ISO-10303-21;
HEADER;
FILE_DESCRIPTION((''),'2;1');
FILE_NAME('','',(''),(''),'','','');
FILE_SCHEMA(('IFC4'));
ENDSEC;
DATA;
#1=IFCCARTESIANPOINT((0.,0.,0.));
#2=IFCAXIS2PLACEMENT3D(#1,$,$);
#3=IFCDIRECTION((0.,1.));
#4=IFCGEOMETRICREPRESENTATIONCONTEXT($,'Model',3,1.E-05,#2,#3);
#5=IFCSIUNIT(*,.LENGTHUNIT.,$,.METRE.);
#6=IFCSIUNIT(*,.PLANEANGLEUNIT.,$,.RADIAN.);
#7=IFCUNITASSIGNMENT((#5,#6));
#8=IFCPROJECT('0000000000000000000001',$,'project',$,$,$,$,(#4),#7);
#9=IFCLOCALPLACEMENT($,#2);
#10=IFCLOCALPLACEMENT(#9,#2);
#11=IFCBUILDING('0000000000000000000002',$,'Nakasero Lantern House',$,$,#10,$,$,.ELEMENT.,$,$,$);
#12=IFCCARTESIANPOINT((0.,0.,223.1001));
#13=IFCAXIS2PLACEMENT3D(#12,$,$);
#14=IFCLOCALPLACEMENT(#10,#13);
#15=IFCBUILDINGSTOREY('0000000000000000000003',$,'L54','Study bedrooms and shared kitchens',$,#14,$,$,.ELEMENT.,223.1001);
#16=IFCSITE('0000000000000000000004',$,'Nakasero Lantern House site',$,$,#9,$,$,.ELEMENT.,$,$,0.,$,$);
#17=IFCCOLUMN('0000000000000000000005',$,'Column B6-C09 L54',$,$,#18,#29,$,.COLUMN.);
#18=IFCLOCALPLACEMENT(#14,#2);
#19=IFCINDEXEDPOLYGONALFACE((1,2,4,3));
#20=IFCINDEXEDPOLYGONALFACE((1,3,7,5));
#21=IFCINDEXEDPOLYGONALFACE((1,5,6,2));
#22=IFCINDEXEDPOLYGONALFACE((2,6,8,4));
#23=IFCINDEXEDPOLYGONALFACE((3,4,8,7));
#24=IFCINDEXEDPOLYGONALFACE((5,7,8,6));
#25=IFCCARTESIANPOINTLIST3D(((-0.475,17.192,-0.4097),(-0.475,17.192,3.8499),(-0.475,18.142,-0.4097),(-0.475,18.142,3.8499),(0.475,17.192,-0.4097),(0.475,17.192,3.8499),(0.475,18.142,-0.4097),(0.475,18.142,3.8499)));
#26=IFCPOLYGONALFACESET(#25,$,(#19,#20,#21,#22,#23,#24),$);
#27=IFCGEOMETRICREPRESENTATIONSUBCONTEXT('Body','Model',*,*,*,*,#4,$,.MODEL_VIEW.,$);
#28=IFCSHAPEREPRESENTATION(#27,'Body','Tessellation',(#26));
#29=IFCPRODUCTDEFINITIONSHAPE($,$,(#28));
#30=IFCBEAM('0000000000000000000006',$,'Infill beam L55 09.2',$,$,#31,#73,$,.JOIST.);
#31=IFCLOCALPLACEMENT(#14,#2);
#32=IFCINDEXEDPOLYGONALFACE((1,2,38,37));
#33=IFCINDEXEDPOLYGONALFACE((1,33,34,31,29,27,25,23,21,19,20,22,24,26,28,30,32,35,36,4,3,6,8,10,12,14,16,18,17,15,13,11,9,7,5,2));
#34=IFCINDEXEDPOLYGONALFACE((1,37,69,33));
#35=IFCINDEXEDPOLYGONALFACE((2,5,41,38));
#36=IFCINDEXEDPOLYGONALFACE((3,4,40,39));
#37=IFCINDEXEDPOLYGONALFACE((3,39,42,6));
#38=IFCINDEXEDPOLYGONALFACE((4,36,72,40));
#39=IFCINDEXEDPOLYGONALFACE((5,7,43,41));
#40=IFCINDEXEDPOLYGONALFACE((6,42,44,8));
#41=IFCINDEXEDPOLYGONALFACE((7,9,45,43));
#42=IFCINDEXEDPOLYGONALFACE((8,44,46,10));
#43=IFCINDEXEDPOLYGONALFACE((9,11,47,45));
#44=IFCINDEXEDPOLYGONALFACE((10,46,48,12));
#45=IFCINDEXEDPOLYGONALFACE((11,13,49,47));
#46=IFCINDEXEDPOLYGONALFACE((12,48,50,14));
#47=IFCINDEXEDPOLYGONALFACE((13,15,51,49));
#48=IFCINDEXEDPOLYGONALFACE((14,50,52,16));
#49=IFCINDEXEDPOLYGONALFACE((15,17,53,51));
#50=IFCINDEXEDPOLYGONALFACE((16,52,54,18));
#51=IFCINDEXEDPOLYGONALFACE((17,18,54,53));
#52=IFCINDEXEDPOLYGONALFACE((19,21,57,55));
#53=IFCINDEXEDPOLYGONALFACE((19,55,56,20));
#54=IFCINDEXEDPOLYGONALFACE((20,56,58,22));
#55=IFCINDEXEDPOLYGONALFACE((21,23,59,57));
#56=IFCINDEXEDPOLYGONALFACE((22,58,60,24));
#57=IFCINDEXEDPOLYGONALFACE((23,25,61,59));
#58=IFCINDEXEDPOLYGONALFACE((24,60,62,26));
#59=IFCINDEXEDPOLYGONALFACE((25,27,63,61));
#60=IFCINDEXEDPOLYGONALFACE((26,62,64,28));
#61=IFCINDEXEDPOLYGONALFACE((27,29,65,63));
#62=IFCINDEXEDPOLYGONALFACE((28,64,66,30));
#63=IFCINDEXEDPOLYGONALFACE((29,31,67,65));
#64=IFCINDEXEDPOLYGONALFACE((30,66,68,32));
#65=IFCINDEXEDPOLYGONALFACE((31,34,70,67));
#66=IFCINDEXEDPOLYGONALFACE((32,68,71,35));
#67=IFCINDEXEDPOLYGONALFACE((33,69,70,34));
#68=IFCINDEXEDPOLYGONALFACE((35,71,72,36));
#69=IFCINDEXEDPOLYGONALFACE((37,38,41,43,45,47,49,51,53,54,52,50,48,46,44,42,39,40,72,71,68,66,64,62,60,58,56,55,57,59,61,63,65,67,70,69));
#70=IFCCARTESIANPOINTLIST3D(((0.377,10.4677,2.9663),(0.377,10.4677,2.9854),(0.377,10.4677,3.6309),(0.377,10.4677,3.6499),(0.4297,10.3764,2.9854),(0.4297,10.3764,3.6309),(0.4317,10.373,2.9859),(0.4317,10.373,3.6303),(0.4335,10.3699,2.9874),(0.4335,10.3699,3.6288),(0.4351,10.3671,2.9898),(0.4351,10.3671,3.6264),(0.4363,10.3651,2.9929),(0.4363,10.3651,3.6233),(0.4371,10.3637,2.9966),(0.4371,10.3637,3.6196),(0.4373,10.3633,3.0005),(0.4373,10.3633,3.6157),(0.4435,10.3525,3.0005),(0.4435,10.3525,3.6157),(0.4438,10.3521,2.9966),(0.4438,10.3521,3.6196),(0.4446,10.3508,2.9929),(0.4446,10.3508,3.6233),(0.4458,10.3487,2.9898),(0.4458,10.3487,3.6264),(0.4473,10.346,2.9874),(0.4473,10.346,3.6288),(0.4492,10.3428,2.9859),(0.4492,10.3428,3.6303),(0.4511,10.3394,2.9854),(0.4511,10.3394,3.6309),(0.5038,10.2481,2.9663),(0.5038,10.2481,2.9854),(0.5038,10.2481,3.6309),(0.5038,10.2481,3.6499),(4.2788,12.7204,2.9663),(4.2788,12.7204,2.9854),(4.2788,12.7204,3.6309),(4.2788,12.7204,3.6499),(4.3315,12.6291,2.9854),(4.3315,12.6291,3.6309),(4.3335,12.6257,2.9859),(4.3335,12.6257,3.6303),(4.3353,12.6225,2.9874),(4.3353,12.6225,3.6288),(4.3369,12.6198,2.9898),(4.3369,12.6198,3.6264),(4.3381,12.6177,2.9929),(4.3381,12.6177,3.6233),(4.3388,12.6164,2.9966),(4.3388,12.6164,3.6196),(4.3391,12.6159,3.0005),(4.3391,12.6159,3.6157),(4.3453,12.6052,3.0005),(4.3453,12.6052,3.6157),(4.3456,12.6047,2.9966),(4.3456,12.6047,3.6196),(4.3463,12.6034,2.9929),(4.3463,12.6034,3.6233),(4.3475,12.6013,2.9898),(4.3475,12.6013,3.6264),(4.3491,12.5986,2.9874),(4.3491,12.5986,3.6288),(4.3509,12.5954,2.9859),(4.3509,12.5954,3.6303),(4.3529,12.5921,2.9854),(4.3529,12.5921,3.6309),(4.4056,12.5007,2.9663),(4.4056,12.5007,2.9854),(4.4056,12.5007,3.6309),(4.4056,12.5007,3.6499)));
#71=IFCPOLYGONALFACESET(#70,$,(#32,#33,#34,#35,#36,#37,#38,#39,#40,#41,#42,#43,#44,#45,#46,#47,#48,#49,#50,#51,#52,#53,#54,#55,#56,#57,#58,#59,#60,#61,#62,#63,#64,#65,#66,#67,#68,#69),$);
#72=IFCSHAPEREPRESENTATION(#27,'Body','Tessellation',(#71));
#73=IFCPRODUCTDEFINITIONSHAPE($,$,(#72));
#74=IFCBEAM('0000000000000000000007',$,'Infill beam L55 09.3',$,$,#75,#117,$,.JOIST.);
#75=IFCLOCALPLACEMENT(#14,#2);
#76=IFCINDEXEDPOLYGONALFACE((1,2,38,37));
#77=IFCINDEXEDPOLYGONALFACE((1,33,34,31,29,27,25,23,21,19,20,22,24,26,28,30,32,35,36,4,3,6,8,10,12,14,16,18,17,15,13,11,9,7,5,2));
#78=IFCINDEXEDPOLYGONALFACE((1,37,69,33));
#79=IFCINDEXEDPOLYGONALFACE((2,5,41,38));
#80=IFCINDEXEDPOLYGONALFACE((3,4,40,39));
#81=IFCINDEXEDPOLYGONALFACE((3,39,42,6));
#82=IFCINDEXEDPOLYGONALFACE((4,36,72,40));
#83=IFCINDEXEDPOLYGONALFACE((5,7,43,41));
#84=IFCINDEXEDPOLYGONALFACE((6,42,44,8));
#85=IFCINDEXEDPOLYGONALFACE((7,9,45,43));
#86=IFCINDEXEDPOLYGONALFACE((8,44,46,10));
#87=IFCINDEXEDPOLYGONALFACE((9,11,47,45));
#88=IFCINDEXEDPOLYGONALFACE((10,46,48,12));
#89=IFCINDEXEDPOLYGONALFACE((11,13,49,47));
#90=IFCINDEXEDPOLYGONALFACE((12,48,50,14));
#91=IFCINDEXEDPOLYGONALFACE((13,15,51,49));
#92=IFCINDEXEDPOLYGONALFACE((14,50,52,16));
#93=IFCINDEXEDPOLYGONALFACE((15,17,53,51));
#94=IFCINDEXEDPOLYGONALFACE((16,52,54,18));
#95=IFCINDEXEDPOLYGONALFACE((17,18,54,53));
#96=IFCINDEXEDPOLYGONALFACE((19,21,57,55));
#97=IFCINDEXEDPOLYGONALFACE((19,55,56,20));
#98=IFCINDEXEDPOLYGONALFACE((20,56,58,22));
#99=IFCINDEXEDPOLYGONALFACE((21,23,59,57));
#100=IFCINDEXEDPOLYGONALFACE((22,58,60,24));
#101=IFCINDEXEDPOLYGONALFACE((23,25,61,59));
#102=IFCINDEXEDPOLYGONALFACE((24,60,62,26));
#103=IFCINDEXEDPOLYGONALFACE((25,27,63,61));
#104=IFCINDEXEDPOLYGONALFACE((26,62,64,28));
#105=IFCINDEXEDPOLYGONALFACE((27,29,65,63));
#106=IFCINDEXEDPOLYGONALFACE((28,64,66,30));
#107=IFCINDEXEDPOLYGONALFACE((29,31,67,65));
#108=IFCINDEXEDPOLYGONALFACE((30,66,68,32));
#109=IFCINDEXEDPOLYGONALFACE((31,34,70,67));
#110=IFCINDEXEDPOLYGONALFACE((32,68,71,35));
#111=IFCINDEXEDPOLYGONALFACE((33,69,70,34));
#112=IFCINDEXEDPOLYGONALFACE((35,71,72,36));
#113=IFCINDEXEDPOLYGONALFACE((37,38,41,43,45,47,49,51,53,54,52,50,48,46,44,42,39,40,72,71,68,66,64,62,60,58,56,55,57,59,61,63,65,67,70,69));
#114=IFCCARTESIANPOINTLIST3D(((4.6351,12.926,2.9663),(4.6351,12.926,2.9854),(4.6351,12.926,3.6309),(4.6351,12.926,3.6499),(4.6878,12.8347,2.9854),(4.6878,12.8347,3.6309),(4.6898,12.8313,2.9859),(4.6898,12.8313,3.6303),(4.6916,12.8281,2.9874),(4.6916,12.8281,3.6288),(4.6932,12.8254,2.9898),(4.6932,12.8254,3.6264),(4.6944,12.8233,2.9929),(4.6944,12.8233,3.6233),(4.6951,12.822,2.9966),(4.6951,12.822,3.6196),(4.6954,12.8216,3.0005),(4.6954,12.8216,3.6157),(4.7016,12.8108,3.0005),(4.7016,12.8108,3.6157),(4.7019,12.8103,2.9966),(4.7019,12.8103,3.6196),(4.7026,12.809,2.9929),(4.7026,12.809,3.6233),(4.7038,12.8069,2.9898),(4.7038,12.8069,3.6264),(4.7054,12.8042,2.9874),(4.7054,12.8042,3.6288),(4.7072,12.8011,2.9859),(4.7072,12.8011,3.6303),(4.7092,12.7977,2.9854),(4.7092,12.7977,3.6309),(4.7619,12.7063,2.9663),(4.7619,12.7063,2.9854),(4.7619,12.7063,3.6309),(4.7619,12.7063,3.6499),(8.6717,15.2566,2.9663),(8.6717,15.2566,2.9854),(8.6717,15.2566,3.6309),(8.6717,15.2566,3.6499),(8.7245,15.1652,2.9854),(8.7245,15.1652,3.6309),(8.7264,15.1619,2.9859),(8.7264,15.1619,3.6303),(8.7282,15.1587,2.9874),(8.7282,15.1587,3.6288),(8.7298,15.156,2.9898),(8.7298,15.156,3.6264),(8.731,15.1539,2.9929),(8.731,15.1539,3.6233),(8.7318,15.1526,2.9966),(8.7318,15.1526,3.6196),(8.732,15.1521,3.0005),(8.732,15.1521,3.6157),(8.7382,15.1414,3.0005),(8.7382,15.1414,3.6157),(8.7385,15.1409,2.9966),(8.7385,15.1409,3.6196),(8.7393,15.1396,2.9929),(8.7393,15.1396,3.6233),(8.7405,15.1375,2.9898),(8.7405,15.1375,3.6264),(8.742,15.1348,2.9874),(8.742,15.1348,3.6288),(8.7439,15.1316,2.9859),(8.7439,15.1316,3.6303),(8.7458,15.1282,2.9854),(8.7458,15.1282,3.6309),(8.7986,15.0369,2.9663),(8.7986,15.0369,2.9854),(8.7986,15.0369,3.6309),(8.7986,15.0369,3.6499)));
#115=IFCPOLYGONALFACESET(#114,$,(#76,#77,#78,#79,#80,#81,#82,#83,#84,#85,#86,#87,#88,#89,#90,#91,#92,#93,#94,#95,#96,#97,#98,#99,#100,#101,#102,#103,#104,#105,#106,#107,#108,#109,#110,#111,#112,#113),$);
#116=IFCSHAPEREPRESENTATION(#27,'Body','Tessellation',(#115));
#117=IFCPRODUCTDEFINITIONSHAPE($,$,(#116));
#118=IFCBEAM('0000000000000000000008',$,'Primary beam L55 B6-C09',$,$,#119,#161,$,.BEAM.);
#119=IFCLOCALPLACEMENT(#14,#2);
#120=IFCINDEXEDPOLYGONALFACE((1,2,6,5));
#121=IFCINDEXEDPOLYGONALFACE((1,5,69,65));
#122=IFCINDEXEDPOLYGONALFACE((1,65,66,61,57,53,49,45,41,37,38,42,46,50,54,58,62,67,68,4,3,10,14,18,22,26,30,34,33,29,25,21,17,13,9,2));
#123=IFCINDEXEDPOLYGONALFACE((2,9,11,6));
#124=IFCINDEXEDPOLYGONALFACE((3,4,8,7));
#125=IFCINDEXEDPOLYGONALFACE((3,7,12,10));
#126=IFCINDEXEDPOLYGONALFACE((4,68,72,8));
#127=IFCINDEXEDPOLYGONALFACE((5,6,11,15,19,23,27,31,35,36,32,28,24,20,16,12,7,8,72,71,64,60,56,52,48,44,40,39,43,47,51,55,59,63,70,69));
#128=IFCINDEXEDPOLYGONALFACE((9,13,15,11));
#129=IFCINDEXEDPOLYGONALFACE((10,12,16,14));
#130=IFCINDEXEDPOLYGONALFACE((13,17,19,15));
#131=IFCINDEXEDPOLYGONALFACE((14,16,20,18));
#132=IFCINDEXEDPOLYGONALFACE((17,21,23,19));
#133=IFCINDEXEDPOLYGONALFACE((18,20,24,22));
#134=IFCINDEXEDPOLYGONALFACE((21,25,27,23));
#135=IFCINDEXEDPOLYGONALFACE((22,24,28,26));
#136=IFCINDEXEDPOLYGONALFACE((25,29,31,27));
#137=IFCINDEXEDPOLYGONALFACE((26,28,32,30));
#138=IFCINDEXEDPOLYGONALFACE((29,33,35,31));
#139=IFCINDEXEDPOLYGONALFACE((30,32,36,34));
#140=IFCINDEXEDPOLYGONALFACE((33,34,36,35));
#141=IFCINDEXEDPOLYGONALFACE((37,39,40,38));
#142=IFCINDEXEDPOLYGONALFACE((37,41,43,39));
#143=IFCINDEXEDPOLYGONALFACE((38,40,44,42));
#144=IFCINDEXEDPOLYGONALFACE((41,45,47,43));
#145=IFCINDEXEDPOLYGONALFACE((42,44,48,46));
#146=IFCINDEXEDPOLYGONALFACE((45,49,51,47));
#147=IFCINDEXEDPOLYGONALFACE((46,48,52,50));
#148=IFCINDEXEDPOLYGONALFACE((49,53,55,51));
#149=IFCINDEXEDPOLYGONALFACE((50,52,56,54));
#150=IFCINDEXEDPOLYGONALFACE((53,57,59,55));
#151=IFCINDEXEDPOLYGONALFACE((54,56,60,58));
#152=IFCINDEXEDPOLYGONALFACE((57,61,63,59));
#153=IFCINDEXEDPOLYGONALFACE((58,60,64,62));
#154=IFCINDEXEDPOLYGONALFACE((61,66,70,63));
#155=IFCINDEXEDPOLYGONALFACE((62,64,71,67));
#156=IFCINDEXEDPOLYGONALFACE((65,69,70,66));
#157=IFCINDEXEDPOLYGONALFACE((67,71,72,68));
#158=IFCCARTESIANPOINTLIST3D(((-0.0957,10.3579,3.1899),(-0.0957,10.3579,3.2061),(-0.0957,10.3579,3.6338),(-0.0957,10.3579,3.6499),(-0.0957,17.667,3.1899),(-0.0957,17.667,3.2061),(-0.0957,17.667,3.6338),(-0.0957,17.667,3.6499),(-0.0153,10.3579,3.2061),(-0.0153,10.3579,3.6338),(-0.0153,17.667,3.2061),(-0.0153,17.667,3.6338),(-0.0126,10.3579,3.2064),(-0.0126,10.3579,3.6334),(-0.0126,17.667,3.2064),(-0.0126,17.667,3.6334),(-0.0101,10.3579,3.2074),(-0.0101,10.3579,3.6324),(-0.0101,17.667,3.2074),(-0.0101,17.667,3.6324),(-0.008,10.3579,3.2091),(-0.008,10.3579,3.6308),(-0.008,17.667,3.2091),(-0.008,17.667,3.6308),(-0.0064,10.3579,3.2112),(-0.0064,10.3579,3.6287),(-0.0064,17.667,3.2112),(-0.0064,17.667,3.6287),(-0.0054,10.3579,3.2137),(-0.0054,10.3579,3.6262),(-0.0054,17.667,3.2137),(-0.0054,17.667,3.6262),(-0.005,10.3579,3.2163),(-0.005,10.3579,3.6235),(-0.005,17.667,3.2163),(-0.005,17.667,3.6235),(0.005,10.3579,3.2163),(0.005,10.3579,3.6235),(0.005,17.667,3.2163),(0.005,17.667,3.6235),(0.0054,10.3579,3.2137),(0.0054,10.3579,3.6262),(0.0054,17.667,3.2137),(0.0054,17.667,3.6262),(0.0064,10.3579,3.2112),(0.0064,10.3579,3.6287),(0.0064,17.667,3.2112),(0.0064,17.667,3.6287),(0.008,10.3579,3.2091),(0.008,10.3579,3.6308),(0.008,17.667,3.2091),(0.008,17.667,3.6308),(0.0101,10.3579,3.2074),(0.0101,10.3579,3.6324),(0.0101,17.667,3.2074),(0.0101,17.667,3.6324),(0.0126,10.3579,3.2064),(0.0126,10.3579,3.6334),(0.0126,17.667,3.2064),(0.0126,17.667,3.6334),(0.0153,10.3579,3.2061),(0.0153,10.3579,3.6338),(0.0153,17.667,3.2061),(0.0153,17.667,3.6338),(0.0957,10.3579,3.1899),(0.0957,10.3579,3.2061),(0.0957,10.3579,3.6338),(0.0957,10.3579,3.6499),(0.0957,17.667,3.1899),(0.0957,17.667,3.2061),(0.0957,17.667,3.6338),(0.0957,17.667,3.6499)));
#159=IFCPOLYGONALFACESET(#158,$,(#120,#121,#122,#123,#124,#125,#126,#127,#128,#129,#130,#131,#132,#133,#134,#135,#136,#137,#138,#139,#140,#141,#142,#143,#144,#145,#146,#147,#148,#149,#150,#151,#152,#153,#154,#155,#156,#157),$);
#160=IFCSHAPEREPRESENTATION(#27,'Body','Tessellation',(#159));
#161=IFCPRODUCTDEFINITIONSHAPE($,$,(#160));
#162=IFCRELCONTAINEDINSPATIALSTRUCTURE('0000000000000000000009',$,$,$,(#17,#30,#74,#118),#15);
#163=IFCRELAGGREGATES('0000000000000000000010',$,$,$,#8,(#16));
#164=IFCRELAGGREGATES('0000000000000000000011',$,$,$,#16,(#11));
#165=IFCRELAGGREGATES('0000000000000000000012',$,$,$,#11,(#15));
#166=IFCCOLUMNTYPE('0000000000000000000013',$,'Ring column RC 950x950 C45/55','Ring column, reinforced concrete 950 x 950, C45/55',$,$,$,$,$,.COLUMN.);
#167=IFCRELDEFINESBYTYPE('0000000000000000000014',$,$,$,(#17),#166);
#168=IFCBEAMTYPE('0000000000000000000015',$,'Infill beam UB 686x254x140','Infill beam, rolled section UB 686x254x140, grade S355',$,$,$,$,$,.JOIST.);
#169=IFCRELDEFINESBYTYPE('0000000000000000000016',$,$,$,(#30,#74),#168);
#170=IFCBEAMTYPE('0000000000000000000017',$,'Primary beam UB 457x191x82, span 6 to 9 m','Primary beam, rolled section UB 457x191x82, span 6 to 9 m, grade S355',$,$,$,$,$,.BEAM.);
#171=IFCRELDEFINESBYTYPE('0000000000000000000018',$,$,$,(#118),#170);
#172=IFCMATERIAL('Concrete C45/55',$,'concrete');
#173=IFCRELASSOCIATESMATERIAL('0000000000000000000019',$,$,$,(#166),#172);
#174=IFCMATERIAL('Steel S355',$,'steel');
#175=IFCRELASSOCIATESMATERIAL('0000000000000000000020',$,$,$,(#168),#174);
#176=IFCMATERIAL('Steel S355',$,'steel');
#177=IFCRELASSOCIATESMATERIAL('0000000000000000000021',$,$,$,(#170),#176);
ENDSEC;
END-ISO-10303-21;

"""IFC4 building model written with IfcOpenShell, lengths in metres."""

from ifc_helpers import new_model, si_unit, direction, frame, origin, origin_2d, place, context, subcontext, project, spatial, rectangle, i_section, extrude, material, material_profile, profile_set, type_object, element, save


model = new_model("IFC4")

# Units and contexts
model_context = context("Model", 3, precision=1e-05, world=origin(), true_north=direction((0.0, 1.0)))
body_context = subcontext(model_context, "Body", "Model", "MODEL_VIEW")
ifc_project = project(units=[si_unit("LENGTHUNIT", "METRE"), si_unit("PLANEANGLEUNIT", "RADIAN")], contexts=[model_context])

# Site, building, storey
site_placement = place(None, origin())
site = spatial("IfcSite", under=ifc_project, at=site_placement, Name="Nakasero Lantern House site", CompositionType="ELEMENT", RefElevation=0.0)
building_placement = place(site_placement, origin())
building = spatial("IfcBuilding", under=site, at=building_placement, Name="Nakasero Lantern House", CompositionType="ELEMENT")
storey_placement = place(building_placement, frame((0.0, 0.0, 223.1001)))
storey = spatial("IfcBuildingStorey", under=building, at=storey_placement, Name="L54", Description="Study bedrooms and shared kitchens", CompositionType="ELEMENT", Elevation=223.1001)

# Column
ifc_material_1 = material(Name="Concrete C45/55", Category="concrete")
ifc_material_profile_1 = material_profile(ifc_material_1, rectangle(XDim=0.95, YDim=0.95, at=origin_2d()), Name="RC 950x950")
ifc_profile_set_1 = profile_set([ifc_material_profile_1], Name="Concrete C45/55")
column_type = type_object("IfcColumnType", Name="Ring column RC 950x950 C45/55", Description="Ring column, reinforced concrete 950 x 950, C45/55", PredefinedType="COLUMN", material=ifc_profile_set_1)
column_placement = place(storey_placement, frame((0.0, 17.667, -0.4097), z_axis=(0.0, 0.0, 1.0), x_axis=(1.0, 0.0, 0.0)))
element("IfcColumn", 1, at=column_placement, inside=storey, type_object=column_type, Name="Column B6-C09 L54", PredefinedType="COLUMN", context=body_context, shape_type="SweptSolid", body=[
    extrude(rectangle(XDim=0.95, YDim=0.95, at=origin_2d()), origin(), (0.0, 0.0, 1.0), 4.2595),
])

# Beams
ifc_material_2 = material(Name="Steel S355", Category="steel")
ifc_material_profile_2 = material_profile(ifc_material_2, i_section(OverallWidth=0.2537, OverallDepth=0.6836, WebThickness=0.0125, FlangeThickness=0.019, FilletRadius=0.0151, at=origin_2d()), Name="UB 686x254x140")
ifc_profile_set_2 = profile_set([ifc_material_profile_2], Name="Steel S355")
beam_type_1 = type_object("IfcBeamType", Name="Infill beam UB 686x254x140", Description="Infill beam, rolled section UB 686x254x140, grade S355", PredefinedType="JOIST", material=ifc_profile_set_2)
beam_1_placement = place(storey_placement, frame((0.4404, 10.3579, 3.3081), z_axis=(0.86603, 0.499991, 0.0), x_axis=(-0.499991, 0.86603, 0.0)))
element("IfcBeam", 2, at=beam_1_placement, inside=storey, type_object=beam_type_1, Name="Infill beam L55 09.2", PredefinedType="JOIST", context=body_context, shape_type="SweptSolid", body=[
    extrude(i_section(OverallWidth=0.2537, OverallDepth=0.6836, WebThickness=0.0125, FlangeThickness=0.019, FilletRadius=0.0151, at=origin_2d()), origin(), (0.0, 0.0, 1.0), 4.5054),
])
beam_2_placement = place(storey_placement, frame((4.6985, 12.8162, 3.3081), z_axis=(0.866023, 0.500004, 0.0), x_axis=(-0.500004, 0.866023, 0.0)))
element("IfcBeam", 3, at=beam_2_placement, inside=storey, type_object=beam_type_1, Name="Infill beam L55 09.3", PredefinedType="JOIST", context=body_context, shape_type="SweptSolid", body=[
    extrude(i_section(OverallWidth=0.2537, OverallDepth=0.6836, WebThickness=0.0125, FlangeThickness=0.019, FilletRadius=0.0151, at=origin_2d()), origin(), (0.0, 0.0, 1.0), 4.6611),
])
ifc_material_3 = material(Name="Steel S355", Category="steel")
ifc_material_profile_3 = material_profile(ifc_material_3, i_section(OverallWidth=0.1914, OverallDepth=0.46, WebThickness=0.01, FlangeThickness=0.0161, FilletRadius=0.0103, at=origin_2d()), Name="UB 457x191x82")
ifc_profile_set_3 = profile_set([ifc_material_profile_3], Name="Steel S355")
beam_type_2 = type_object("IfcBeamType", Name="Primary beam UB 457x191x82, span 6 to 9 m", Description="Primary beam, rolled section UB 457x191x82, span 6 to 9 m, grade S355", PredefinedType="BEAM", material=ifc_profile_set_3)
beam_3_placement = place(storey_placement, frame((0.0, 17.667, 3.4199), z_axis=(0.0, -1.0, 0.0), x_axis=(1.0, 0.0, 0.0)))
element("IfcBeam", 4, at=beam_3_placement, inside=storey, type_object=beam_type_2, Name="Primary beam L55 B6-C09", PredefinedType="BEAM", context=body_context, shape_type="SweptSolid", body=[
    extrude(i_section(OverallWidth=0.1914, OverallDepth=0.46, WebThickness=0.01, FlangeThickness=0.0161, FilletRadius=0.0103, at=origin_2d()), origin(), (0.0, 0.0, 1.0), 7.3091),
])

save(model, "model.ifc")
